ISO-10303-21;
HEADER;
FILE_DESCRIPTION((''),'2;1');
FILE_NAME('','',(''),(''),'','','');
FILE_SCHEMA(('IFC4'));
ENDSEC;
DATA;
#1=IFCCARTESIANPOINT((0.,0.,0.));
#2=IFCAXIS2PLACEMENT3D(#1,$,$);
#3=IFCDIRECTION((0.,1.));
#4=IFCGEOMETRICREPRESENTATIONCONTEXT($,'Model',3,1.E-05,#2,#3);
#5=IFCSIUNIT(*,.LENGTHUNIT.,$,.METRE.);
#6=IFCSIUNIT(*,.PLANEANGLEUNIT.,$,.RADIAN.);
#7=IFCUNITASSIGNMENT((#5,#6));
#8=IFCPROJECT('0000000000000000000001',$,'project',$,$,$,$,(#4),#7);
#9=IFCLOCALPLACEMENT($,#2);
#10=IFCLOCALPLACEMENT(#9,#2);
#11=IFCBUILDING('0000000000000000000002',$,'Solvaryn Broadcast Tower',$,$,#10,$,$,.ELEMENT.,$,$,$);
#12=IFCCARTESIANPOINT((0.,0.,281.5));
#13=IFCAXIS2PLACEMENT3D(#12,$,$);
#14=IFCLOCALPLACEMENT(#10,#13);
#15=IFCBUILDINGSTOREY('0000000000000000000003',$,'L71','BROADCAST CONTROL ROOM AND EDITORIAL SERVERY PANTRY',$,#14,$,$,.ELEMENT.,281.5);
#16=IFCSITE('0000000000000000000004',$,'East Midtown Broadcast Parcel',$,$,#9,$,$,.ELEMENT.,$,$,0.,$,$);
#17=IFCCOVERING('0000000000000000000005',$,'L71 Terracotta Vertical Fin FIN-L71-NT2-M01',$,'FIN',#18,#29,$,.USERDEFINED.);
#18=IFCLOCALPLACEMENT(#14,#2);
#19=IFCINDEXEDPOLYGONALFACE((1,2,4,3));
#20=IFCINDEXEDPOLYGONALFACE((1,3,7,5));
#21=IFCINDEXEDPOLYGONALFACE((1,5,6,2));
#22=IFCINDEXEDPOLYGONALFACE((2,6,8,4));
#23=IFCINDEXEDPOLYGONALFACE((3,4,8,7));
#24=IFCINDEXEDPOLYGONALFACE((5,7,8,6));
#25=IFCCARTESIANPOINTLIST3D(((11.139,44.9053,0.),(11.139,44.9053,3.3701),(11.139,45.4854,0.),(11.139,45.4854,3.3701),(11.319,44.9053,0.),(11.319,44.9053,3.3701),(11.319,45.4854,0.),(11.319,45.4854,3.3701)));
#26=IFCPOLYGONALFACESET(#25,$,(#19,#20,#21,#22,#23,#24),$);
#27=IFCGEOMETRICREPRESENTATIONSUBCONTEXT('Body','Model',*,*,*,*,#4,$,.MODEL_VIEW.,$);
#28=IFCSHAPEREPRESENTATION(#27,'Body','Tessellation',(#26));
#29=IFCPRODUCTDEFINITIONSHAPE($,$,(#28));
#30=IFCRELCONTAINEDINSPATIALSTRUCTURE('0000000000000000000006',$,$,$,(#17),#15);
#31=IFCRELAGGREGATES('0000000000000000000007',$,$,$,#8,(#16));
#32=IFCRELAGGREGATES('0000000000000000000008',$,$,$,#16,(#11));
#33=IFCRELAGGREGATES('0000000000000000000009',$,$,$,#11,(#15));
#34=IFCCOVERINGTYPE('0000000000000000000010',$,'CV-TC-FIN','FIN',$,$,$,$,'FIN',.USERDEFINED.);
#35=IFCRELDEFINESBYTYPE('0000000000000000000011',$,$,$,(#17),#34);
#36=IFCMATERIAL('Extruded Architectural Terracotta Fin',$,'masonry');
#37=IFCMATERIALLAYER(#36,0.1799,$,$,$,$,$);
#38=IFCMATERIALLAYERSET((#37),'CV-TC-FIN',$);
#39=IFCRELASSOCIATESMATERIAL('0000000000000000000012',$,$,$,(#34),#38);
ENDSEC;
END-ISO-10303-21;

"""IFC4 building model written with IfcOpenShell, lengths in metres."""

from ifc_helpers import new_model, si_unit, direction, frame, origin, origin_2d, place, context, subcontext, project, spatial, rectangle, extrude, material, layer, layer_set, type_object, element, save


model = new_model("IFC4")

# Units and contexts
model_context = context("Model", 3, precision=1e-05, world=origin(), true_north=direction((0.0, 1.0)))
body_context = subcontext(model_context, "Body", "Model", "MODEL_VIEW")
ifc_project = project(units=[si_unit("LENGTHUNIT", "METRE"), si_unit("PLANEANGLEUNIT", "RADIAN")], contexts=[model_context])

# Site, building, storey
site_placement = place(None, origin())
site = spatial("IfcSite", under=ifc_project, at=site_placement, Name="East Midtown Broadcast Parcel", CompositionType="ELEMENT", RefElevation=0.0)
building_placement = place(site_placement, origin())
building = spatial("IfcBuilding", under=site, at=building_placement, Name="Solvaryn Broadcast Tower", CompositionType="ELEMENT")
storey_placement = place(building_placement, frame((0.0, 0.0, 281.5)))
storey = spatial("IfcBuildingStorey", under=building, at=storey_placement, Name="L71", Description="BROADCAST CONTROL ROOM AND EDITORIAL SERVERY PANTRY", CompositionType="ELEMENT", Elevation=281.5)

# Covering
ifc_material_1 = material(Name="Extruded Architectural Terracotta Fin", Category="masonry")
ifc_layer_1 = layer(ifc_material_1, 0.1799)
ifc_layer_set_1 = layer_set([ifc_layer_1], Name="CV-TC-FIN")
covering_type_1 = type_object("IfcCoveringType", Name="CV-TC-FIN", Description="FIN", ElementType="FIN", PredefinedType="USERDEFINED", material=ifc_layer_set_1)
for number, where, z_axis, x_axis, name in (
    (1, (11.229, 45.1953, 0.0), (0.0, 0.0, 1.0), (1.0, 0.0, 0.0), "L71 Terracotta Vertical Fin FIN-L71-NT2-M01"),
):
    element("IfcCovering", number, at=place(storey_placement, frame(where, z_axis=z_axis, x_axis=x_axis)), inside=storey, type_object=covering_type_1, Name=name, ObjectType="FIN", PredefinedType="USERDEFINED", context=body_context, shape_type="SweptSolid", body=[
        extrude(rectangle(XDim=0.1799, YDim=0.5801, at=origin_2d()), origin(), (0.0, 0.0, 1.0), 3.3701),
    ])

save(model, "model.ifc")
